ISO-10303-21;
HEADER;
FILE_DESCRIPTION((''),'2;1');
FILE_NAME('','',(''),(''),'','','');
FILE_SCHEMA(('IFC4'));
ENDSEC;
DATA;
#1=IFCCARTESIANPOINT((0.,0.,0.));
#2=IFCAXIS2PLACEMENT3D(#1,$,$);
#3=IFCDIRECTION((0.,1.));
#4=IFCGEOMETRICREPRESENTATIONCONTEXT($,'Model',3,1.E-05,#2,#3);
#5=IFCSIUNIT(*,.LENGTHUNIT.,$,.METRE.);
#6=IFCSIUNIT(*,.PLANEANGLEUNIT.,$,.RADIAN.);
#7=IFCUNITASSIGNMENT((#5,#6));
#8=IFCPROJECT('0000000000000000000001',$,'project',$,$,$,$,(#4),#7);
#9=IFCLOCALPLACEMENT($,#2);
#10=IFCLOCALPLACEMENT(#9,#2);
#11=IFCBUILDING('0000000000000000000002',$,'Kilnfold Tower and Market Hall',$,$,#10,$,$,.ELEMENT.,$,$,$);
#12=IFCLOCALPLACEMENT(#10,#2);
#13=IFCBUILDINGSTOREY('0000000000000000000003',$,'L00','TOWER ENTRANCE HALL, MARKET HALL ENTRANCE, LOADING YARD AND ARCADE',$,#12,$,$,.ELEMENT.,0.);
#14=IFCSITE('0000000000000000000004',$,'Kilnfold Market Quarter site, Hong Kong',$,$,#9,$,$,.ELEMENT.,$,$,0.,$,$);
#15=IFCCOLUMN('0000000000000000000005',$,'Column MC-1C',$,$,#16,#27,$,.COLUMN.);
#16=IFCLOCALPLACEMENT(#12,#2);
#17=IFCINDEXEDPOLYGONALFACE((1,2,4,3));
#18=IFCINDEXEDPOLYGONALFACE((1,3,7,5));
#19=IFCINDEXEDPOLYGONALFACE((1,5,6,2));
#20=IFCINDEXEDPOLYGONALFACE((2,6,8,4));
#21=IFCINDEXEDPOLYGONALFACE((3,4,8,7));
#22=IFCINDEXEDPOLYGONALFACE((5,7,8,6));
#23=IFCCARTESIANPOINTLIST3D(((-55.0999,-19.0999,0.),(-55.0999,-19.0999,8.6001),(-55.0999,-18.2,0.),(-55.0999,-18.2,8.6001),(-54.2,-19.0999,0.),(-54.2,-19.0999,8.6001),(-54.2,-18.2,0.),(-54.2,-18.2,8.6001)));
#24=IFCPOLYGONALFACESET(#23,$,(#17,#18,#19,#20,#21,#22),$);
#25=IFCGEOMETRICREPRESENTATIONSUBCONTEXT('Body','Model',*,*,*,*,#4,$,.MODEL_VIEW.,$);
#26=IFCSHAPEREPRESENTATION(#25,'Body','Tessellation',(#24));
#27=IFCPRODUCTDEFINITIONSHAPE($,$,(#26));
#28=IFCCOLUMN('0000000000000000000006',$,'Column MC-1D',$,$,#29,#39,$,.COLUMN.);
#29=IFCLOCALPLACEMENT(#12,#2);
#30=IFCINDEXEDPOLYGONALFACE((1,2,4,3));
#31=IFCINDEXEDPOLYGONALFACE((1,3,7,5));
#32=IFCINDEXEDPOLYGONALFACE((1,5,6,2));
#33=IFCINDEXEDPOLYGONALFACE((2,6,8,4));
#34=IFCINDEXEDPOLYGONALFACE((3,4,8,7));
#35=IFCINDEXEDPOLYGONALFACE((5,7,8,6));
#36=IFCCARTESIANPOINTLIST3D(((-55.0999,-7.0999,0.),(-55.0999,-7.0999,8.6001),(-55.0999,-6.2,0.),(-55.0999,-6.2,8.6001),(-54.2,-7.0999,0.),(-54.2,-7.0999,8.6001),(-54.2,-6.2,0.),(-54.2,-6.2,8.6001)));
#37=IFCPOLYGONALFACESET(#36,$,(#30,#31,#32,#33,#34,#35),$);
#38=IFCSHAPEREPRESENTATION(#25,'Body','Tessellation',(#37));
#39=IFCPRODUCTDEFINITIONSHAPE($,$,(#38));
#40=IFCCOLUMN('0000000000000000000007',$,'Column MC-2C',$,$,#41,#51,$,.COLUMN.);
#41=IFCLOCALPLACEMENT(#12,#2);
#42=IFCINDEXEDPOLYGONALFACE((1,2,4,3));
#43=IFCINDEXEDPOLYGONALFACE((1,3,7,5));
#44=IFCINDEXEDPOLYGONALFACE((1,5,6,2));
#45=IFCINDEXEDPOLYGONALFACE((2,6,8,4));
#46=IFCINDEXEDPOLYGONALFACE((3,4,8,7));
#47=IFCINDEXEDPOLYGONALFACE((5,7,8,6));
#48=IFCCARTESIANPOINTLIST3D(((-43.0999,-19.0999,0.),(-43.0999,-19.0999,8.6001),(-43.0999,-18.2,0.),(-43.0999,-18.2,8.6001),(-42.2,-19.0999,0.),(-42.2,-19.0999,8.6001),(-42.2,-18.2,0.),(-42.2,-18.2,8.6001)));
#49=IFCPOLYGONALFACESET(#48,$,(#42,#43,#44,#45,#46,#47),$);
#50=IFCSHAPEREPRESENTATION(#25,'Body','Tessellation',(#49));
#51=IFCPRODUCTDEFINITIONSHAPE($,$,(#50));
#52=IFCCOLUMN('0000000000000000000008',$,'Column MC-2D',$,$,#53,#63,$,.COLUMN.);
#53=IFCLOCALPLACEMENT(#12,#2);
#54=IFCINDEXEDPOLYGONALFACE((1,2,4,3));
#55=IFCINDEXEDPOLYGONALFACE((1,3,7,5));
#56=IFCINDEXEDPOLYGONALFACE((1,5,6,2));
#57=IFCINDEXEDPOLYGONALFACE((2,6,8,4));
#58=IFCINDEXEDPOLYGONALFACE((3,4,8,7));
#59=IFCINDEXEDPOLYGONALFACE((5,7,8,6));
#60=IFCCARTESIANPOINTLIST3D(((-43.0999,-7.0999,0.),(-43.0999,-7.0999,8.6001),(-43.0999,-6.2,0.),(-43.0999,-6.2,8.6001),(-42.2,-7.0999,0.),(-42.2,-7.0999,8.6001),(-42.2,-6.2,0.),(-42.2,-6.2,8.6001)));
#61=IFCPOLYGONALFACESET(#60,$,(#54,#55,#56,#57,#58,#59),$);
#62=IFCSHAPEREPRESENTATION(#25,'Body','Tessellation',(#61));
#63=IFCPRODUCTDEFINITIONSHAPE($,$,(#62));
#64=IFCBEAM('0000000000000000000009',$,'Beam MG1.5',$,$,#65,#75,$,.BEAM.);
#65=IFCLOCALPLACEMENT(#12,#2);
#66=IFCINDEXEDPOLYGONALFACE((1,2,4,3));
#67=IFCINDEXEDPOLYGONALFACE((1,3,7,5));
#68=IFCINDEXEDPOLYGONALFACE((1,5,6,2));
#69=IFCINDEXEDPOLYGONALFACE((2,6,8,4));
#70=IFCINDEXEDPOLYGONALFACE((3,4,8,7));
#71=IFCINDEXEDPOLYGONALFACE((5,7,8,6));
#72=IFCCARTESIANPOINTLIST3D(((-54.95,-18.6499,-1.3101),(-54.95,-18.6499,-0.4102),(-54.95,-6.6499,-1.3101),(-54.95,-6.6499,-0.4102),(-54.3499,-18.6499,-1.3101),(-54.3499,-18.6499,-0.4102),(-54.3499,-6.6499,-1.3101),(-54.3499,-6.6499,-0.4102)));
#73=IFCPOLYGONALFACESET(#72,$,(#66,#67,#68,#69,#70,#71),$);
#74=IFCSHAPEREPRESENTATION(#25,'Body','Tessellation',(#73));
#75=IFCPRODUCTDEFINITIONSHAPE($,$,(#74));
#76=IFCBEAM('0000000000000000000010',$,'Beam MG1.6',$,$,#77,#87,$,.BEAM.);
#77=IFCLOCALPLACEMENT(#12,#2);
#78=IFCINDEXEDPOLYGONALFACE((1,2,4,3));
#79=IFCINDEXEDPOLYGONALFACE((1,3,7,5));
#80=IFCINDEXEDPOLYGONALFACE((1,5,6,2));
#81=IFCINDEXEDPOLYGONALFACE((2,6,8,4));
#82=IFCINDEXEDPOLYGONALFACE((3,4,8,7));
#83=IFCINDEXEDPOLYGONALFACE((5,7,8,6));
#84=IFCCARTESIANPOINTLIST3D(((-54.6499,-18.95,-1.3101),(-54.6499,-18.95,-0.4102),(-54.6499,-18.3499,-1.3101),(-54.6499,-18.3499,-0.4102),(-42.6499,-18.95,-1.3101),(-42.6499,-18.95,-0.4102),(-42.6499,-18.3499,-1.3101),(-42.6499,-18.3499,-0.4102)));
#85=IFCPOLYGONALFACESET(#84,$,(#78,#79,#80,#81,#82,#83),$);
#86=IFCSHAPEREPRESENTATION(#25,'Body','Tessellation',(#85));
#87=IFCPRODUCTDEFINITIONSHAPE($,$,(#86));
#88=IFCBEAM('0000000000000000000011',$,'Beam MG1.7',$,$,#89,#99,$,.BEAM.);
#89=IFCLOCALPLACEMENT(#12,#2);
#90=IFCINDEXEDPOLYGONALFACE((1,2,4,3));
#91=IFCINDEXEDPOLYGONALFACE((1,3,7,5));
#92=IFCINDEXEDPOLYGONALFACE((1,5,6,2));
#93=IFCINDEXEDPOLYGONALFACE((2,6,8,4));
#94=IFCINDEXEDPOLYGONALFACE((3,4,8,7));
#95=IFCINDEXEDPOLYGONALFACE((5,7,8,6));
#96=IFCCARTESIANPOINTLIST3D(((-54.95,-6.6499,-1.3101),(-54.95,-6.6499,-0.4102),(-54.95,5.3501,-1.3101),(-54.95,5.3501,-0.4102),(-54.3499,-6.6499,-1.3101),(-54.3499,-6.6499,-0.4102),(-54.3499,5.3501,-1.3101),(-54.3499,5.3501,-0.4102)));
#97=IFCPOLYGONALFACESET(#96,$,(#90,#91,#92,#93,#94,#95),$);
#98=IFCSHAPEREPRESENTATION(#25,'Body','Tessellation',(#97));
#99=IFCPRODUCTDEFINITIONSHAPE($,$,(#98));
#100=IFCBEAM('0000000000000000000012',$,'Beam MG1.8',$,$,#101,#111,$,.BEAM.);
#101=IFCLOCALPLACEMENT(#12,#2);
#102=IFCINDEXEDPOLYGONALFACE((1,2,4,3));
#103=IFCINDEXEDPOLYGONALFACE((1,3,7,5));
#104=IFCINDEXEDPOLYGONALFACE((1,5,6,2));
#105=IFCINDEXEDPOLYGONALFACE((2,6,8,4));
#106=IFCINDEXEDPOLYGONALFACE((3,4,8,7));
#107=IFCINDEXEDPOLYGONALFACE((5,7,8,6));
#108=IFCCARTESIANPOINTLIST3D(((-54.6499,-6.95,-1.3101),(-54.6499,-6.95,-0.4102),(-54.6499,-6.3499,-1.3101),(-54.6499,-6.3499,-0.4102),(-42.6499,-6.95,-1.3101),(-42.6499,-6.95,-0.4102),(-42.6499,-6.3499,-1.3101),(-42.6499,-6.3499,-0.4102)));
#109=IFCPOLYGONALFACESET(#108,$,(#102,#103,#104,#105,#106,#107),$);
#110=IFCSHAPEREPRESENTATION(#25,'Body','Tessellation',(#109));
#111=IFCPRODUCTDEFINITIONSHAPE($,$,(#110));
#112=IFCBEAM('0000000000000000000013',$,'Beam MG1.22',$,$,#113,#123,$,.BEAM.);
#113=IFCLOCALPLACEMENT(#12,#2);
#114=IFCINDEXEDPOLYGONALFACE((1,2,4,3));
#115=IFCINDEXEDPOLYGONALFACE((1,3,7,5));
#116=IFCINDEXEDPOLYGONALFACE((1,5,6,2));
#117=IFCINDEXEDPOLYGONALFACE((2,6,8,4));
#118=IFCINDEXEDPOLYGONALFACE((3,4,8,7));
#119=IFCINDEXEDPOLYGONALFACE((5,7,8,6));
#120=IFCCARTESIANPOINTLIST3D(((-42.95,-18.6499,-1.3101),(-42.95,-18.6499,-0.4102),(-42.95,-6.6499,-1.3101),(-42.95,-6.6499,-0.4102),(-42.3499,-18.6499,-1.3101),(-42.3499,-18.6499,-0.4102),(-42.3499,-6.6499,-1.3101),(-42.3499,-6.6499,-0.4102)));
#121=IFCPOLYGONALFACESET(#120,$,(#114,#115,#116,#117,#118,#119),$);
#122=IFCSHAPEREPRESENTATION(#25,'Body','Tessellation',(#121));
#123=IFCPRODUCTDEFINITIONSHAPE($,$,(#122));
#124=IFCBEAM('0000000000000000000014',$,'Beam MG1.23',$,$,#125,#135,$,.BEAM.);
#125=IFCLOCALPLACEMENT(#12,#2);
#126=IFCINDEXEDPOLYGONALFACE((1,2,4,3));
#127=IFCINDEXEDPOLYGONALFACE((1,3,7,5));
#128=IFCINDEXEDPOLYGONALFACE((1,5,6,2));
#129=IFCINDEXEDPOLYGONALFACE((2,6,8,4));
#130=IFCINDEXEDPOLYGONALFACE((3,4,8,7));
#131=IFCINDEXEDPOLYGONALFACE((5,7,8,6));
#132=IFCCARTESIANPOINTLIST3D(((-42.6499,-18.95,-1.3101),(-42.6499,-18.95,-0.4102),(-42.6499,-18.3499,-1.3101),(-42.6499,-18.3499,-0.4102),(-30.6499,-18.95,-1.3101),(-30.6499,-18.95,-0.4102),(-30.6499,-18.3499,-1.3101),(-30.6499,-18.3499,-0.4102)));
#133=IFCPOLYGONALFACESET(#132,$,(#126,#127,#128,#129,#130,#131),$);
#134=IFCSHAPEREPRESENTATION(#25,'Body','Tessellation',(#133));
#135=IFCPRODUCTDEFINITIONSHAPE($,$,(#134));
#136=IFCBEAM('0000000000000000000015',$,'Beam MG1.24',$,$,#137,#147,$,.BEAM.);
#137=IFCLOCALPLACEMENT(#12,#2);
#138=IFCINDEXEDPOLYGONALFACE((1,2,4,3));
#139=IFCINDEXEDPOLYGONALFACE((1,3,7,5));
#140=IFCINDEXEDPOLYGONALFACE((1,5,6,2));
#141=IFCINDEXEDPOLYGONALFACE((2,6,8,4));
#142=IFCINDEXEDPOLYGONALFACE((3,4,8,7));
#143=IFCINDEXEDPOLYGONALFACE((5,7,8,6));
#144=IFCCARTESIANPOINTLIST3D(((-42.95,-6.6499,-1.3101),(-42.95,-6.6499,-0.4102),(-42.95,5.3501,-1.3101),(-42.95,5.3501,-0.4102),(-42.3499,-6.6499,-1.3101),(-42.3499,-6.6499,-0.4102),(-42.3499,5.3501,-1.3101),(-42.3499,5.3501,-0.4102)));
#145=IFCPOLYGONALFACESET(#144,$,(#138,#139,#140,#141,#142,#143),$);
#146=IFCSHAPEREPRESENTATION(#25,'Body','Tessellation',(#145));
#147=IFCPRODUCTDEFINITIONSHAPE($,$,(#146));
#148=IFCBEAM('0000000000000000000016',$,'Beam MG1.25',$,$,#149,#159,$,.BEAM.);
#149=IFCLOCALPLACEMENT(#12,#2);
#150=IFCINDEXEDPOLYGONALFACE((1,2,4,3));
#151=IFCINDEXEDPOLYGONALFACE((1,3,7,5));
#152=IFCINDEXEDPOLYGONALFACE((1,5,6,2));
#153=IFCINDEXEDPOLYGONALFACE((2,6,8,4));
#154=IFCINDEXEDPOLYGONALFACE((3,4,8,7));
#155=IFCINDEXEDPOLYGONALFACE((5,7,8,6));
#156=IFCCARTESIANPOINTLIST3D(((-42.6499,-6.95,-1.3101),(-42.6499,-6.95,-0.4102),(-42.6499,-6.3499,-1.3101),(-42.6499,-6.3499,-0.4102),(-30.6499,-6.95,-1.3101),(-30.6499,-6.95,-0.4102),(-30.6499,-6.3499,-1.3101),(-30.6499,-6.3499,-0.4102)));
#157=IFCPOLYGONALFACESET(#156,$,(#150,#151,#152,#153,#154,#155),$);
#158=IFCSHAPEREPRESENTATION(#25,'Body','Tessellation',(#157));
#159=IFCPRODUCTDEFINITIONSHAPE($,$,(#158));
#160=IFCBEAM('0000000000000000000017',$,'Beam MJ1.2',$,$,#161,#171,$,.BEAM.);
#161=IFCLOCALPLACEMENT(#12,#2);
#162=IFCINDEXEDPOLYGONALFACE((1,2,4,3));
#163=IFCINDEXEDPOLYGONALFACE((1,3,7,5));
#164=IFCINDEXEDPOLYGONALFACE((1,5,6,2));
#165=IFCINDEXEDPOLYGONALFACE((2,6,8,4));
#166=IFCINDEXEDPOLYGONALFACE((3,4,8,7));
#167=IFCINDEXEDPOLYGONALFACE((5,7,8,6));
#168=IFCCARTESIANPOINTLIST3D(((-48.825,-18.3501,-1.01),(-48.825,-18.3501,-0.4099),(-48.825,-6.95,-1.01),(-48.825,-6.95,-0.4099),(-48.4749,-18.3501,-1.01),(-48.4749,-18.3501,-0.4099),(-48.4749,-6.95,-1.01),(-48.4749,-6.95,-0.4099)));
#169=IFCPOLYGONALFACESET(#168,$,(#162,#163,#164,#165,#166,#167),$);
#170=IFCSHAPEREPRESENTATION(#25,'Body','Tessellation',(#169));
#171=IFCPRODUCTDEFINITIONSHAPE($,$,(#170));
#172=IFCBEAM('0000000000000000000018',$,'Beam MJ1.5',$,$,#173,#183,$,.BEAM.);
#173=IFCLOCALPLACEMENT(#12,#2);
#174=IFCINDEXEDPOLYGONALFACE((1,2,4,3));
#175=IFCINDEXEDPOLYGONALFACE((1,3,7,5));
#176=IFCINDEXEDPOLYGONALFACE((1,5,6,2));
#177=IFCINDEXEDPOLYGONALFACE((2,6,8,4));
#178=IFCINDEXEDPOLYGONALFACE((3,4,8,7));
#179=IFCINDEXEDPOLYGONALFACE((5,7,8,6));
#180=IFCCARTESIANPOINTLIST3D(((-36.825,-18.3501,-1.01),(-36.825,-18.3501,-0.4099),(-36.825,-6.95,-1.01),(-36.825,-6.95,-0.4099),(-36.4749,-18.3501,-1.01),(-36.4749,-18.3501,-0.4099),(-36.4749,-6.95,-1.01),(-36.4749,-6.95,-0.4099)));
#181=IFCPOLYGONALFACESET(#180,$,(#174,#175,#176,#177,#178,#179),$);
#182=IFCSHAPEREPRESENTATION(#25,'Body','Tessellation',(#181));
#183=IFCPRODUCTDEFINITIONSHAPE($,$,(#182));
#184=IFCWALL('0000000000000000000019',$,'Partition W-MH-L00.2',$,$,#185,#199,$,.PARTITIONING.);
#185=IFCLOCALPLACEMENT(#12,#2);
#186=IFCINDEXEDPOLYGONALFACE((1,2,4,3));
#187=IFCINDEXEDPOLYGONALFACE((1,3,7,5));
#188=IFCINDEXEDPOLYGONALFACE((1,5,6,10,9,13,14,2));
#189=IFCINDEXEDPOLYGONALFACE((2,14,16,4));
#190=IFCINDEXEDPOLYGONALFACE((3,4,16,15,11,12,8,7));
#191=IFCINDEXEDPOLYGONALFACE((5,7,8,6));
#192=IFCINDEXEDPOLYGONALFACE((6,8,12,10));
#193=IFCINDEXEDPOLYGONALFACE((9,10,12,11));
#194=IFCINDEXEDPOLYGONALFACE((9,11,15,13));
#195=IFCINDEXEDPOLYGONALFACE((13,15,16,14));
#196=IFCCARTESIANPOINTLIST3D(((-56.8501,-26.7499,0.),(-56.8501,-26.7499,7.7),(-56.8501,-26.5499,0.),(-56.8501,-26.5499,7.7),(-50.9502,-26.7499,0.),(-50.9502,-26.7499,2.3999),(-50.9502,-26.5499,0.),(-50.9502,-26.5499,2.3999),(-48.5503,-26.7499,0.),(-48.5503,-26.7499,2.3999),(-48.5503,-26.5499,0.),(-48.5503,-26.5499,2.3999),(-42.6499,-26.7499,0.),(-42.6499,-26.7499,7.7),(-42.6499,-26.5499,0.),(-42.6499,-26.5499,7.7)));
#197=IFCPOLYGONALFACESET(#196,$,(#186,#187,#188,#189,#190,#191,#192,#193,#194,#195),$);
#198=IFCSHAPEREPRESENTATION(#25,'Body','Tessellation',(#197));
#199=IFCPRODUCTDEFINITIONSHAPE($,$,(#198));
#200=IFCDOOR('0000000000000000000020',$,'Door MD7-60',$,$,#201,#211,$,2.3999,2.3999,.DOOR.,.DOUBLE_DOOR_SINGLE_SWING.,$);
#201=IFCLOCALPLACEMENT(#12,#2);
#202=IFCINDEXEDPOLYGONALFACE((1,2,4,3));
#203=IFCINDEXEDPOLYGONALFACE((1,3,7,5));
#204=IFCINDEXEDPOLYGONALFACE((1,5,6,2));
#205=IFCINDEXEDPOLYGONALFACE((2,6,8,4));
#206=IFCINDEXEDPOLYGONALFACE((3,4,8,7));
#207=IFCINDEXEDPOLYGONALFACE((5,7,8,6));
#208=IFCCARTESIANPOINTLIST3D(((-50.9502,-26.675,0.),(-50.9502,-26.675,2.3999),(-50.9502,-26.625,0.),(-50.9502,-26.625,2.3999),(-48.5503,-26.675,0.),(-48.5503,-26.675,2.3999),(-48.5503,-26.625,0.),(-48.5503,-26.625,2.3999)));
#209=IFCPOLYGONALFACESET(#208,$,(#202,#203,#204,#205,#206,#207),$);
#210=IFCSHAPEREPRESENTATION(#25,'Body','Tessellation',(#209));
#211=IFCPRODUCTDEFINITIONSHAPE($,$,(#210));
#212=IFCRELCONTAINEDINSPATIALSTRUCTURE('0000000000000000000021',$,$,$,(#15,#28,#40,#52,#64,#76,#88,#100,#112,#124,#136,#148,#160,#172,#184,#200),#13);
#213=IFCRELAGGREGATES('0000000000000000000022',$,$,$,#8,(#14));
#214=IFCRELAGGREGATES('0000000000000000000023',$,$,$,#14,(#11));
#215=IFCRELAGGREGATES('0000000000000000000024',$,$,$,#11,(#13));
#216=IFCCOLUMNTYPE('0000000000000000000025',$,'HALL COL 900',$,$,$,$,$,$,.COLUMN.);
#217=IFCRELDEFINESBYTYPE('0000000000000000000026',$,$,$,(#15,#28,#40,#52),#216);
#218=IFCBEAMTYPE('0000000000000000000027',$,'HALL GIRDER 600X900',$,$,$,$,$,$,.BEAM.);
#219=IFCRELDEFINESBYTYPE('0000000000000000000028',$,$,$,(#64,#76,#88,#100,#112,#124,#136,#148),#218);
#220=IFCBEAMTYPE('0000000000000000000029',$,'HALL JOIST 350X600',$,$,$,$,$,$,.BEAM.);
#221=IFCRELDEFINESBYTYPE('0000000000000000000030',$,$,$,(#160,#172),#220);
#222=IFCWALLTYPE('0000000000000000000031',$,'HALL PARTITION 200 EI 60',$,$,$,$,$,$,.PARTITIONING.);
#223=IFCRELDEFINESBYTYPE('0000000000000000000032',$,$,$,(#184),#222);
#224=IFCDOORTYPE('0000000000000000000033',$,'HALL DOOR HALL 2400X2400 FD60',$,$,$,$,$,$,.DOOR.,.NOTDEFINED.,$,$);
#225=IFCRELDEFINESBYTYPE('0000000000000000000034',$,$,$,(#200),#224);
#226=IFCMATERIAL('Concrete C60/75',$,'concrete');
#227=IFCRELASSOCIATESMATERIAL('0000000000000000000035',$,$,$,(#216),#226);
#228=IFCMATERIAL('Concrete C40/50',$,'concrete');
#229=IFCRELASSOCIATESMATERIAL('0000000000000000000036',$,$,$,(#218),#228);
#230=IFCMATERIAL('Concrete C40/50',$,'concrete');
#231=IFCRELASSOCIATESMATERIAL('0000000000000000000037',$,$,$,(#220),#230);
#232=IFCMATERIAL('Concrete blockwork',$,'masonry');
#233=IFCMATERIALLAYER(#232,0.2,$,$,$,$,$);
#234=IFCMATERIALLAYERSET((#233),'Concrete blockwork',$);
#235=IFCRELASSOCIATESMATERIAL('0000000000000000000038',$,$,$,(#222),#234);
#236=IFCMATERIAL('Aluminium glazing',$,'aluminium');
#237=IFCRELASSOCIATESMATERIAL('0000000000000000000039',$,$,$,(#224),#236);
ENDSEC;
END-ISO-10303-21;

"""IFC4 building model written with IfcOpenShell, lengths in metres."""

from ifc_helpers import new_model, si_unit, direction, frame, frame_2d, origin, origin_2d, place, context, subcontext, project, spatial, rectangle, extrude, source, transform, mapped, material, layer, layer_set, material_profile, profile_set, type_object, element, fill, save


model = new_model("IFC4")

# Units and contexts
model_context = context("Model", 3, precision=1e-05, world=origin(), true_north=direction((0.0, 1.0)))
body_context = subcontext(model_context, "Body", "Model", "MODEL_VIEW")
ifc_project = project(units=[si_unit("LENGTHUNIT", "METRE"), si_unit("PLANEANGLEUNIT", "RADIAN")], contexts=[model_context])

# Site, building, storey
site_placement = place(None, origin())
site = spatial("IfcSite", under=ifc_project, at=site_placement, Name="Kilnfold Market Quarter site, Hong Kong", CompositionType="ELEMENT", RefElevation=0.0)
building_placement = place(site_placement, origin())
building = spatial("IfcBuilding", under=site, at=building_placement, Name="Kilnfold Tower and Market Hall", CompositionType="ELEMENT")
storey_placement = place(building_placement, origin())
storey = spatial("IfcBuildingStorey", under=building, at=storey_placement, Name="L00", Description="TOWER ENTRANCE HALL, MARKET HALL ENTRANCE, LOADING YARD AND ARCADE", CompositionType="ELEMENT", Elevation=0.0)

# Columns
ifc_material_1 = material(Name="Concrete C60/75", Category="concrete")
ifc_material_profile_1 = material_profile(ifc_material_1, rectangle(XDim=0.8999, YDim=0.8999, at=origin_2d()), Name="RC 900x900")
ifc_profile_set_1 = profile_set([ifc_material_profile_1], Name="Concrete C60/75")
column_type = type_object("IfcColumnType", Name="HALL COL 900", PredefinedType="COLUMN", material=ifc_profile_set_1)
shared_shape_1 = source(origin(), body_context, "Body", "SweptSolid", [
    extrude(rectangle(XDim=0.8999, YDim=0.8999, at=origin_2d()), origin(), (0.0, 0.0, 1.0), 8.6001),
])
for number, where, z_axis, x_axis, name in (
    (1, (-54.6499, -18.6499, 0.0), (0.0, 0.0, 1.0), (1.0, 0.0, 0.0), "Column MC-1C"),
    (2, (-54.6499, -6.6499, 0.0), (0.0, 0.0, 1.0), (1.0, 0.0, 0.0), "Column MC-1D"),
    (3, (-42.6499, -18.6499, 0.0), (0.0, 0.0, 1.0), (1.0, 0.0, 0.0), "Column MC-2C"),
    (4, (-42.6499, -6.6499, 0.0), (0.0, 0.0, 1.0), (1.0, 0.0, 0.0), "Column MC-2D"),
):
    element("IfcColumn", number, at=place(storey_placement, frame(where, z_axis=z_axis, x_axis=x_axis)), inside=storey, type_object=column_type, Name=name, PredefinedType="COLUMN", context=body_context, shape_type="MappedRepresentation", body=[
        mapped(shared_shape_1, transform((0.0, 0.0, 0.0))),
    ])

# Beams
ifc_material_2 = material(Name="Concrete C40/50", Category="concrete")
ifc_material_profile_2 = material_profile(ifc_material_2, rectangle(XDim=0.6001, YDim=0.8999, at=origin_2d()), Name="RC 600x900")
ifc_profile_set_2 = profile_set([ifc_material_profile_2], Name="Concrete C40/50")
beam_type_1 = type_object("IfcBeamType", Name="HALL GIRDER 600X900", PredefinedType="BEAM", material=ifc_profile_set_2)
for number, where, z_axis, x_axis, name in (
    (5, (-54.6499, -18.6499, -0.8601), (0.0, 1.0, 0.0), (-1.0, 0.0, 0.0), "Beam MG1.5"),
    (6, (-54.6499, -18.6499, -0.8601), (1.0, 0.0, 0.0), (0.0, 1.0, 0.0), "Beam MG1.6"),
    (7, (-54.6499, -6.6499, -0.8601), (0.0, 1.0, 0.0), (-1.0, 0.0, 0.0), "Beam MG1.7"),
    (8, (-54.6499, -6.6499, -0.8601), (1.0, 0.0, 0.0), (0.0, 1.0, 0.0), "Beam MG1.8"),
    (9, (-42.6499, -18.6499, -0.8601), (0.0, 1.0, 0.0), (-1.0, 0.0, 0.0), "Beam MG1.22"),
    (10, (-42.6499, -18.6499, -0.8601), (1.0, 0.0, 0.0), (0.0, 1.0, 0.0), "Beam MG1.23"),
    (11, (-42.6499, -6.6499, -0.8601), (0.0, 1.0, 0.0), (-1.0, 0.0, 0.0), "Beam MG1.24"),
    (12, (-42.6499, -6.6499, -0.8601), (1.0, 0.0, 0.0), (0.0, 1.0, 0.0), "Beam MG1.25"),
):
    element("IfcBeam", number, at=place(storey_placement, frame(where, z_axis=z_axis, x_axis=x_axis)), inside=storey, type_object=beam_type_1, Name=name, PredefinedType="BEAM", context=body_context, shape_type="SweptSolid", body=[
        extrude(rectangle(XDim=0.6001, YDim=0.8999, at=origin_2d()), origin(), (0.0, 0.0, 1.0), 12.0),
    ])
ifc_material_3 = material(Name="Concrete C40/50", Category="concrete")
ifc_material_profile_3 = material_profile(ifc_material_3, rectangle(XDim=0.3501, YDim=0.6001, at=origin_2d()), Name="RC 350x600")
ifc_profile_set_3 = profile_set([ifc_material_profile_3], Name="Concrete C40/50")
beam_type_2 = type_object("IfcBeamType", Name="HALL JOIST 350X600", PredefinedType="BEAM", material=ifc_profile_set_3)
for number, where, z_axis, x_axis, name in (
    (13, (-48.6499, -18.3501, -0.71), (0.0, 1.0, 0.0), (-1.0, 0.0, 0.0), "Beam MJ1.2"),
    (14, (-36.6499, -18.3501, -0.71), (0.0, 1.0, 0.0), (-1.0, 0.0, 0.0), "Beam MJ1.5"),
):
    element("IfcBeam", number, at=place(storey_placement, frame(where, z_axis=z_axis, x_axis=x_axis)), inside=storey, type_object=beam_type_2, Name=name, PredefinedType="BEAM", context=body_context, shape_type="SweptSolid", body=[
        extrude(rectangle(XDim=0.3501, YDim=0.6001, at=origin_2d()), origin(), (0.0, 0.0, 1.0), 11.4001),
    ])

# Wall, opening, door
ifc_material_4 = material(Name="Concrete blockwork", Category="masonry")
ifc_layer_1 = layer(ifc_material_4, 0.2)
ifc_layer_set_1 = layer_set([ifc_layer_1], Name="Concrete blockwork")
wall_type_1 = type_object("IfcWallType", Name="HALL PARTITION 200 EI 60", PredefinedType="PARTITIONING", material=ifc_layer_set_1)
shared_shape_2 = source(origin(), body_context, "Body", "SweptSolid", [
    extrude(rectangle(XDim=14.2002, YDim=0.2, at=frame_2d((7.1001, 0.0))), origin(), (0.0, 0.0, 1.0), 7.7),
])
wall_1_placement = place(storey_placement, frame((-56.8501, -26.6499, 0.0), z_axis=(0.0, 0.0, 1.0), x_axis=(1.0, 0.0, 0.0)))
wall_1 = element("IfcWall", 15, at=wall_1_placement, inside=storey, type_object=wall_type_1, Name="Partition W-MH-L00.2", PredefinedType="PARTITIONING", context=body_context, shape_type="MappedRepresentation", body=[
    mapped(shared_shape_2, transform((0.0, 0.0, 0.0))),
])
opening_1_placement = place(wall_1_placement, frame((5.8999, 0.0, 0.0)))
opening_1 = element("IfcOpeningElement", 16, at=opening_1_placement, cuts=wall_1, PredefinedType="OPENING", context=body_context, shape_type="SweptSolid", body=[
    extrude(rectangle(XDim=2.3999, YDim=2.3999, at=frame_2d((1.2, 1.2))), frame((0.0, 0.1099, 0.0), z_axis=(0.0, -1.0, 0.0), x_axis=(1.0, 0.0, 0.0)), (0.0, 0.0, 1.0), 0.22),
])
ifc_material_5 = material(Name="Aluminium glazing", Category="aluminium")
door_type_1 = type_object("IfcDoorType", Name="HALL DOOR HALL 2400X2400 FD60", OperationType="NOTDEFINED", PredefinedType="DOOR", material=ifc_material_5)
door_1_placement = place(opening_1_placement, origin())
door_1 = element("IfcDoor", 17, at=door_1_placement, inside=storey, type_object=door_type_1, Name="Door MD7-60", OperationType="DOUBLE_DOOR_SINGLE_SWING", OverallHeight=2.3999, OverallWidth=2.3999, PredefinedType="DOOR", context=body_context, shape_type="SweptSolid", body=[
    extrude(rectangle(XDim=2.3999, YDim=2.3999, at=frame_2d((1.2, 1.2))), frame((0.0, 0.0249, 0.0), z_axis=(0.0, -1.0, 0.0), x_axis=(1.0, 0.0, 0.0)), (0.0, 0.0, 1.0), 0.05),
])
fill(opening_1, door_1)

save(model, "model.ifc")
